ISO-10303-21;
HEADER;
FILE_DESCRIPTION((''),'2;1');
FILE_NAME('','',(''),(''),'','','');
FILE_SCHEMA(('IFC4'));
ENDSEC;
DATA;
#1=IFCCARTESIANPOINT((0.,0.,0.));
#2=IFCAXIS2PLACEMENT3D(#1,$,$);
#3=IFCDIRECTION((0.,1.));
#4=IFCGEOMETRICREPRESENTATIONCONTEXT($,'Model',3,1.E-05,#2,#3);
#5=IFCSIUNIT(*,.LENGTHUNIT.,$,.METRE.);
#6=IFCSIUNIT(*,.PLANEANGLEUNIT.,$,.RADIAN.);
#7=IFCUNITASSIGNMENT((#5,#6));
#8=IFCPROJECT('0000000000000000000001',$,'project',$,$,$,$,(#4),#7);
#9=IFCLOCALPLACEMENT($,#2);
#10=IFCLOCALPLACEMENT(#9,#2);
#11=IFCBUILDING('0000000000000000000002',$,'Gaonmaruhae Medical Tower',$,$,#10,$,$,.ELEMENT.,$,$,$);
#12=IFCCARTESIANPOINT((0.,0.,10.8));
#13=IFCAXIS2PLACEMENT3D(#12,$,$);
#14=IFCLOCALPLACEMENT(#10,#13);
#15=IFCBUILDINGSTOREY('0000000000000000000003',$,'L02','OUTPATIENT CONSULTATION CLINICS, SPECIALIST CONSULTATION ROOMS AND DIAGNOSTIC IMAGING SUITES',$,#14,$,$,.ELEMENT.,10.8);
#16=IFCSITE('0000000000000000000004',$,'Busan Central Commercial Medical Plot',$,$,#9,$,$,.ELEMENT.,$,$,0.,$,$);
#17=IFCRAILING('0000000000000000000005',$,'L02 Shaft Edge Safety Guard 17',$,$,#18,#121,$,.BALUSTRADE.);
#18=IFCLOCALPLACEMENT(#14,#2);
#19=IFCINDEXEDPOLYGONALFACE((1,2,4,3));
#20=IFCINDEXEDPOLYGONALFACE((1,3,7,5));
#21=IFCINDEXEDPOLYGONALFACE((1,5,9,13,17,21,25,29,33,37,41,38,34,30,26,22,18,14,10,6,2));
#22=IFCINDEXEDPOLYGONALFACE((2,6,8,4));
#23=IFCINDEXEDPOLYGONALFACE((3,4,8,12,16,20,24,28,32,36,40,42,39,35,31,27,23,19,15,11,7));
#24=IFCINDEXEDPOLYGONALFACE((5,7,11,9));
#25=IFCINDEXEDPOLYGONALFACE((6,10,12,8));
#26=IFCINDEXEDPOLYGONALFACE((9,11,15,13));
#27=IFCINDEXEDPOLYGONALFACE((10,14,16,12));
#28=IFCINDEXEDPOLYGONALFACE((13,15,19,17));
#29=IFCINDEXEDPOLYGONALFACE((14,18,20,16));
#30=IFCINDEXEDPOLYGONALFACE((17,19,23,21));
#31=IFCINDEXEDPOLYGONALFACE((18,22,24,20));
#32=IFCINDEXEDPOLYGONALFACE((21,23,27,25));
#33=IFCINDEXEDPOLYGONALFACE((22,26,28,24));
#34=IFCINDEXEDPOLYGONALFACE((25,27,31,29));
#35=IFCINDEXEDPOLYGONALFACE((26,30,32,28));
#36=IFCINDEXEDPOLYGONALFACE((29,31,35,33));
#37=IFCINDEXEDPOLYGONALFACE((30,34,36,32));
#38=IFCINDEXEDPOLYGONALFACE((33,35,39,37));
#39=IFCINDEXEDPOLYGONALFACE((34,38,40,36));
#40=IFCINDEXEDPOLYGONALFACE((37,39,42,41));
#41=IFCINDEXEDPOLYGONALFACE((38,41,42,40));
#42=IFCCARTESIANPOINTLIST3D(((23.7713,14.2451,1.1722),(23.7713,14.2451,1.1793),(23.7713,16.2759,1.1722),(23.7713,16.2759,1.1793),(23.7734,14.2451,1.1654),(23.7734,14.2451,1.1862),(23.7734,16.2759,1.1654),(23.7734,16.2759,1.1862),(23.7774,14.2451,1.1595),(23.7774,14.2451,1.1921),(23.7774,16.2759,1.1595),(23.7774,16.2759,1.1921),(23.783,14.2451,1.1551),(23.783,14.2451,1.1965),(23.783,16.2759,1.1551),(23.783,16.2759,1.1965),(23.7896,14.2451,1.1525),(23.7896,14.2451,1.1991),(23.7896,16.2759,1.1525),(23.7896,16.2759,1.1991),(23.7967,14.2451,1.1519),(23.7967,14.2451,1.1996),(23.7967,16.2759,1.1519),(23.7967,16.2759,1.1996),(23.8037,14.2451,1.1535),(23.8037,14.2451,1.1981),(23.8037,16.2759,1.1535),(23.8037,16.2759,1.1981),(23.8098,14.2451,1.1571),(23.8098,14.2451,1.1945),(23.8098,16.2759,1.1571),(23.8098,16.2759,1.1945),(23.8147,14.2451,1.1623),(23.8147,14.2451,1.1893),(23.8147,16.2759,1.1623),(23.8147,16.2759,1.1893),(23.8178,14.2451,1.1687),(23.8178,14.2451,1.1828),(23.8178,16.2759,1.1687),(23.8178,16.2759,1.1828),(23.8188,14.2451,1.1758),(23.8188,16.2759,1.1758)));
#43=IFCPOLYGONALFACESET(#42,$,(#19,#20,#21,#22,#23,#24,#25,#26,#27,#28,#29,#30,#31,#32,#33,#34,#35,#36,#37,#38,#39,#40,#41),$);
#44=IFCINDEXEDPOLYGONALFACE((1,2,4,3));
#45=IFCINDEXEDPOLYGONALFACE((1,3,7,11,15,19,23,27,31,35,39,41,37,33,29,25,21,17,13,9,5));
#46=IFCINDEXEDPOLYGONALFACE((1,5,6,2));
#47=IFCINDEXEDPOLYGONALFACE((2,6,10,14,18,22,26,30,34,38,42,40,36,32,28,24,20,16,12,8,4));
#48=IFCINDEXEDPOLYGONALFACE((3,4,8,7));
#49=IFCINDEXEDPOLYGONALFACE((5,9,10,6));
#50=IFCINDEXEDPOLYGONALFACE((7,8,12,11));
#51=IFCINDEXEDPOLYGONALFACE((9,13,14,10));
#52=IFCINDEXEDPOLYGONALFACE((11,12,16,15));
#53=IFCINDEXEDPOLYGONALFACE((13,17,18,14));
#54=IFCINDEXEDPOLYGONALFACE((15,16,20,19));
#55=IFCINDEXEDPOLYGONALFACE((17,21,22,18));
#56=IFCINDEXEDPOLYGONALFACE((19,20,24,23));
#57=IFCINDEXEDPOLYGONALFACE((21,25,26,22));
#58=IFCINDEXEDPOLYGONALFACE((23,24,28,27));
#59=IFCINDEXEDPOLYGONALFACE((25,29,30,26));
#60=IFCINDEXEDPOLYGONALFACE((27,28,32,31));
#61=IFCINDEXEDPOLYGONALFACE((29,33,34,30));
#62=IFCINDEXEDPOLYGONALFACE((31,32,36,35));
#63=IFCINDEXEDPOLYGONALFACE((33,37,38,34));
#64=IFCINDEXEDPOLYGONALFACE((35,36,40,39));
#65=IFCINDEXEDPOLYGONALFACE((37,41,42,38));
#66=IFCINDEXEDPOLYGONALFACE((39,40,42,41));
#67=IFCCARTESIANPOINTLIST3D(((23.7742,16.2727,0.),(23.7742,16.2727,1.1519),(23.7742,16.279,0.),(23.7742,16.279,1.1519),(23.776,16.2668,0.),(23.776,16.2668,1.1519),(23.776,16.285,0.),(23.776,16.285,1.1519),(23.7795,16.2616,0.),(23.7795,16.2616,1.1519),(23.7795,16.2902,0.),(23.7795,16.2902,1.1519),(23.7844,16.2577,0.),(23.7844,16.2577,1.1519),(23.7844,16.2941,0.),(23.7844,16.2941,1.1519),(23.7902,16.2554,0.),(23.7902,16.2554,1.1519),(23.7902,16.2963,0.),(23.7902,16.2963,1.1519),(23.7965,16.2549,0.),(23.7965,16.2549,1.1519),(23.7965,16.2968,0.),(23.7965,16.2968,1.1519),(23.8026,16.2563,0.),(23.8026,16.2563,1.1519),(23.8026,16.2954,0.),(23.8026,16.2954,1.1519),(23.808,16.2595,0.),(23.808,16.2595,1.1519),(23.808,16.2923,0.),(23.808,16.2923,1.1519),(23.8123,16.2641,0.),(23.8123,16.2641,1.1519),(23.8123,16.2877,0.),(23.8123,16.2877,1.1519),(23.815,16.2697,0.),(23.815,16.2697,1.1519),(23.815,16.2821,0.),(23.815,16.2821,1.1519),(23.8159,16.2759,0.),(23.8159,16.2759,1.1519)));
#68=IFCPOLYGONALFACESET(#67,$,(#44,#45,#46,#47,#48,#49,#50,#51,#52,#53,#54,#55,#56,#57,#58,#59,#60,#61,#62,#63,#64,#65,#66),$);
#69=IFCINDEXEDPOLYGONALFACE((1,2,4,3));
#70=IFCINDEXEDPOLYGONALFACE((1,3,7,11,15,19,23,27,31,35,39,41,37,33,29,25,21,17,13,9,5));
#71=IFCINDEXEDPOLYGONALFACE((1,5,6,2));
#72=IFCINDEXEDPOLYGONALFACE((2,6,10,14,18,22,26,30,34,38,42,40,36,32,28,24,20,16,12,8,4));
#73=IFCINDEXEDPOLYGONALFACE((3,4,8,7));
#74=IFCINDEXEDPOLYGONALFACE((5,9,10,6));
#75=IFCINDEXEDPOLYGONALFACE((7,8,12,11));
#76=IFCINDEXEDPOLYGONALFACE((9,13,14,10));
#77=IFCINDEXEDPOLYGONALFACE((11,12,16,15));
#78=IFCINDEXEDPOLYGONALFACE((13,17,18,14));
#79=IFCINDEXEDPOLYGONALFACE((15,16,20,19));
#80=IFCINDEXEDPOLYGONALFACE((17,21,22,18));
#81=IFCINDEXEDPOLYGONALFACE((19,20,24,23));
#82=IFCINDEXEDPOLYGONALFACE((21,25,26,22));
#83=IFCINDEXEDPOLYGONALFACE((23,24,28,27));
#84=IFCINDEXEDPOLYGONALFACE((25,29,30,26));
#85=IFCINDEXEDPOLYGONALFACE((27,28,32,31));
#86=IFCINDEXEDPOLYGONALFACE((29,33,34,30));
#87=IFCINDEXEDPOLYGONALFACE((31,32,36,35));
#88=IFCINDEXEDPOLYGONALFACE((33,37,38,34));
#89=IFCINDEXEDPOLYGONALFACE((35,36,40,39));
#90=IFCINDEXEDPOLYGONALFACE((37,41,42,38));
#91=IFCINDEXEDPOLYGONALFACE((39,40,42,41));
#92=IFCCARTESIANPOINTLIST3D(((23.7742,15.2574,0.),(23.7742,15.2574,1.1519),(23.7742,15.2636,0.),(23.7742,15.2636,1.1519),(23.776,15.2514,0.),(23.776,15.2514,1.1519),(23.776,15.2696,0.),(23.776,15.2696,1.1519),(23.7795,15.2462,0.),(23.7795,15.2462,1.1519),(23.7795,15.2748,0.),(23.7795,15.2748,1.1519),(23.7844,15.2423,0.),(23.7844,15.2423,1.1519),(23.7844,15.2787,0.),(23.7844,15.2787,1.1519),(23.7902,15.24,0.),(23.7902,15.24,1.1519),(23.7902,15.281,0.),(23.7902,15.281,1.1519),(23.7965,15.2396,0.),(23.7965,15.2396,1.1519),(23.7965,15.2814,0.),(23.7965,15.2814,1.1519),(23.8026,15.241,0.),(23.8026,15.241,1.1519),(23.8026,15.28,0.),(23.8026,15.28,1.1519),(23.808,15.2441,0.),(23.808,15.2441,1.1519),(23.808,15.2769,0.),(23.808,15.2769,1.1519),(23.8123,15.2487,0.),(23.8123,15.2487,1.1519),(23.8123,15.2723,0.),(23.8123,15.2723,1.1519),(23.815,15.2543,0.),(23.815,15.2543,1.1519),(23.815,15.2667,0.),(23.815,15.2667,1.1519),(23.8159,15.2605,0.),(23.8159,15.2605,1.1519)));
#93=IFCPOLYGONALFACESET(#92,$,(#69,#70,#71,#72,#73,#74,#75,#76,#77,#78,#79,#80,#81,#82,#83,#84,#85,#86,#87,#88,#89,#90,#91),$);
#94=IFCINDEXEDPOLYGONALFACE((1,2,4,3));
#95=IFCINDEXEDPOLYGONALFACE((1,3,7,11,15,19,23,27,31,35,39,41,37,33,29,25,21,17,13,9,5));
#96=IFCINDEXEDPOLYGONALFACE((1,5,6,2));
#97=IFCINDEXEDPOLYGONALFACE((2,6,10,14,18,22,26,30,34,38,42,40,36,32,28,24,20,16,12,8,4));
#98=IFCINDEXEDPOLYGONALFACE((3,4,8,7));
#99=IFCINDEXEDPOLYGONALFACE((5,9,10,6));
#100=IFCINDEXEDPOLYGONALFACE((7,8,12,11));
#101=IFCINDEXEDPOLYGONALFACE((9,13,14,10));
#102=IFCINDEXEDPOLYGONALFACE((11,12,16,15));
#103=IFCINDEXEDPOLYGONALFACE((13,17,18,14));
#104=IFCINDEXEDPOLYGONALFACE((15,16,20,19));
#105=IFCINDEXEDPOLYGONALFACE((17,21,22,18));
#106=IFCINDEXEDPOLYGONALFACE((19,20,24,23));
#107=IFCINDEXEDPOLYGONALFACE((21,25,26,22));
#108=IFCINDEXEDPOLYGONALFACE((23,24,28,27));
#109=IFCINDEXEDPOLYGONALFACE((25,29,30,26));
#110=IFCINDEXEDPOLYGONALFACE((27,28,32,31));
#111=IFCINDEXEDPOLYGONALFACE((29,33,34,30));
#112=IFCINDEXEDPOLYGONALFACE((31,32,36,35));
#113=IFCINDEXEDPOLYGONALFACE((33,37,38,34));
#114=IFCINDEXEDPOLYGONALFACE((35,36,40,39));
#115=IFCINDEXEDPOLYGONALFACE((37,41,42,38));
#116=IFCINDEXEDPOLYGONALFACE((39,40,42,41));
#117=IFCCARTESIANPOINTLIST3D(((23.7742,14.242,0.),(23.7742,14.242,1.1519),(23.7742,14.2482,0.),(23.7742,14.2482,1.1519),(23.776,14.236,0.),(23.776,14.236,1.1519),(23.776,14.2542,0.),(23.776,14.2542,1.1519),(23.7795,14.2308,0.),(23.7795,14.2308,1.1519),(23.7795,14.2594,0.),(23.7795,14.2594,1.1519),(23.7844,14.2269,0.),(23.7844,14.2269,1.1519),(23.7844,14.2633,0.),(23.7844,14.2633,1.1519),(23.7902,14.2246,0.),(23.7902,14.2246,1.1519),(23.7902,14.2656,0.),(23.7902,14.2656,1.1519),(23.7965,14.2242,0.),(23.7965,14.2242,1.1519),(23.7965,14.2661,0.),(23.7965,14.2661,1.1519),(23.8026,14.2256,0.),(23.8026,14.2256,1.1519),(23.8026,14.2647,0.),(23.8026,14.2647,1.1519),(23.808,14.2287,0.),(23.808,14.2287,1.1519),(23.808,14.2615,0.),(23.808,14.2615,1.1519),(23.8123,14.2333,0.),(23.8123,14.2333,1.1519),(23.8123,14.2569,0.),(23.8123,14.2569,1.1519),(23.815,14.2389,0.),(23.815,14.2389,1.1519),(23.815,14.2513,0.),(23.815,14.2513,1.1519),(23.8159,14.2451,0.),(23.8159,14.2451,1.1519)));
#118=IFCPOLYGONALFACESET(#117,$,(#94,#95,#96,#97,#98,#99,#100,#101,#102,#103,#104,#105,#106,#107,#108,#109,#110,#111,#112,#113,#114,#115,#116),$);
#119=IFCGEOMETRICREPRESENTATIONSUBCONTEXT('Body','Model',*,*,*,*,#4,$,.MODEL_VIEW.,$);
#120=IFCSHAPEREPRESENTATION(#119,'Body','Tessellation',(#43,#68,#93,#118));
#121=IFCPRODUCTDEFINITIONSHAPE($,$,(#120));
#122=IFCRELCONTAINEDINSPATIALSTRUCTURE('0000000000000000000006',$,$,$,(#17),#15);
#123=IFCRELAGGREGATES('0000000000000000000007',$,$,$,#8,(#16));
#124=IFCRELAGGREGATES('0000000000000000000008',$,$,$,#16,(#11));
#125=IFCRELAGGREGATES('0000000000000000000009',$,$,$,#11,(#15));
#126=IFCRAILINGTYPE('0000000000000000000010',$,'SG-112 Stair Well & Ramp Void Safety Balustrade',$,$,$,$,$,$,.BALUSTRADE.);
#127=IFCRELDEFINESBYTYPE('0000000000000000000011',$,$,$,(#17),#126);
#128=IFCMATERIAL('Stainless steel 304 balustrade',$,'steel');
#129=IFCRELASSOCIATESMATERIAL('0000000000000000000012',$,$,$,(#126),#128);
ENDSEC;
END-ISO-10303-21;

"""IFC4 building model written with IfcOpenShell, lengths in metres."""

from ifc_helpers import new_model, si_unit, direction, frame, origin, origin_2d, place, context, subcontext, project, spatial, circle, extrude, material, type_object, element, save


model = new_model("IFC4")

# Units and contexts
model_context = context("Model", 3, precision=1e-05, world=origin(), true_north=direction((0.0, 1.0)))
body_context = subcontext(model_context, "Body", "Model", "MODEL_VIEW")
ifc_project = project(units=[si_unit("LENGTHUNIT", "METRE"), si_unit("PLANEANGLEUNIT", "RADIAN")], contexts=[model_context])

# Site, building, storey
site_placement = place(None, origin())
site = spatial("IfcSite", under=ifc_project, at=site_placement, Name="Busan Central Commercial Medical Plot", CompositionType="ELEMENT", RefElevation=0.0)
building_placement = place(site_placement, origin())
building = spatial("IfcBuilding", under=site, at=building_placement, Name="Gaonmaruhae Medical Tower", CompositionType="ELEMENT")
storey_placement = place(building_placement, frame((0.0, 0.0, 10.8)))
storey = spatial("IfcBuildingStorey", under=building, at=storey_placement, Name="L02", Description="OUTPATIENT CONSULTATION CLINICS, SPECIALIST CONSULTATION ROOMS AND DIAGNOSTIC IMAGING SUITES", CompositionType="ELEMENT", Elevation=10.8)

# Railing
ifc_material_1 = material(Name="Stainless steel 304 balustrade", Category="steel")
railing_type_1 = type_object("IfcRailingType", Name="SG-112 Stair Well & Ramp Void Safety Balustrade", PredefinedType="BALUSTRADE", material=ifc_material_1)
railing_1_placement = place(storey_placement, frame((23.7949, 16.2759, 0.0)))
element("IfcRailing", 1, at=railing_1_placement, inside=storey, type_object=railing_type_1, Name="L02 Shaft Edge Safety Guard 17", PredefinedType="BALUSTRADE", context=body_context, shape_type="SweptSolid", body=[
    extrude(circle(Radius=0.0239, at=origin_2d()), frame((0.0, 0.0, 1.1758), z_axis=(0.0, -1.0, 0.0), x_axis=(1.0, 0.0, 0.0)), (0.0, 0.0, 1.0), 2.0308),
    extrude(circle(Radius=0.021, at=origin_2d()), origin(), (0.0, 0.0, 1.0), 1.1519),
    extrude(circle(Radius=0.021, at=origin_2d()), frame((0.0, -1.0154, 0.0)), (0.0, 0.0, 1.0), 1.1519),
    extrude(circle(Radius=0.021, at=origin_2d()), frame((0.0, -2.0308, 0.0)), (0.0, 0.0, 1.0), 1.1519),
])

save(model, "model.ifc")
